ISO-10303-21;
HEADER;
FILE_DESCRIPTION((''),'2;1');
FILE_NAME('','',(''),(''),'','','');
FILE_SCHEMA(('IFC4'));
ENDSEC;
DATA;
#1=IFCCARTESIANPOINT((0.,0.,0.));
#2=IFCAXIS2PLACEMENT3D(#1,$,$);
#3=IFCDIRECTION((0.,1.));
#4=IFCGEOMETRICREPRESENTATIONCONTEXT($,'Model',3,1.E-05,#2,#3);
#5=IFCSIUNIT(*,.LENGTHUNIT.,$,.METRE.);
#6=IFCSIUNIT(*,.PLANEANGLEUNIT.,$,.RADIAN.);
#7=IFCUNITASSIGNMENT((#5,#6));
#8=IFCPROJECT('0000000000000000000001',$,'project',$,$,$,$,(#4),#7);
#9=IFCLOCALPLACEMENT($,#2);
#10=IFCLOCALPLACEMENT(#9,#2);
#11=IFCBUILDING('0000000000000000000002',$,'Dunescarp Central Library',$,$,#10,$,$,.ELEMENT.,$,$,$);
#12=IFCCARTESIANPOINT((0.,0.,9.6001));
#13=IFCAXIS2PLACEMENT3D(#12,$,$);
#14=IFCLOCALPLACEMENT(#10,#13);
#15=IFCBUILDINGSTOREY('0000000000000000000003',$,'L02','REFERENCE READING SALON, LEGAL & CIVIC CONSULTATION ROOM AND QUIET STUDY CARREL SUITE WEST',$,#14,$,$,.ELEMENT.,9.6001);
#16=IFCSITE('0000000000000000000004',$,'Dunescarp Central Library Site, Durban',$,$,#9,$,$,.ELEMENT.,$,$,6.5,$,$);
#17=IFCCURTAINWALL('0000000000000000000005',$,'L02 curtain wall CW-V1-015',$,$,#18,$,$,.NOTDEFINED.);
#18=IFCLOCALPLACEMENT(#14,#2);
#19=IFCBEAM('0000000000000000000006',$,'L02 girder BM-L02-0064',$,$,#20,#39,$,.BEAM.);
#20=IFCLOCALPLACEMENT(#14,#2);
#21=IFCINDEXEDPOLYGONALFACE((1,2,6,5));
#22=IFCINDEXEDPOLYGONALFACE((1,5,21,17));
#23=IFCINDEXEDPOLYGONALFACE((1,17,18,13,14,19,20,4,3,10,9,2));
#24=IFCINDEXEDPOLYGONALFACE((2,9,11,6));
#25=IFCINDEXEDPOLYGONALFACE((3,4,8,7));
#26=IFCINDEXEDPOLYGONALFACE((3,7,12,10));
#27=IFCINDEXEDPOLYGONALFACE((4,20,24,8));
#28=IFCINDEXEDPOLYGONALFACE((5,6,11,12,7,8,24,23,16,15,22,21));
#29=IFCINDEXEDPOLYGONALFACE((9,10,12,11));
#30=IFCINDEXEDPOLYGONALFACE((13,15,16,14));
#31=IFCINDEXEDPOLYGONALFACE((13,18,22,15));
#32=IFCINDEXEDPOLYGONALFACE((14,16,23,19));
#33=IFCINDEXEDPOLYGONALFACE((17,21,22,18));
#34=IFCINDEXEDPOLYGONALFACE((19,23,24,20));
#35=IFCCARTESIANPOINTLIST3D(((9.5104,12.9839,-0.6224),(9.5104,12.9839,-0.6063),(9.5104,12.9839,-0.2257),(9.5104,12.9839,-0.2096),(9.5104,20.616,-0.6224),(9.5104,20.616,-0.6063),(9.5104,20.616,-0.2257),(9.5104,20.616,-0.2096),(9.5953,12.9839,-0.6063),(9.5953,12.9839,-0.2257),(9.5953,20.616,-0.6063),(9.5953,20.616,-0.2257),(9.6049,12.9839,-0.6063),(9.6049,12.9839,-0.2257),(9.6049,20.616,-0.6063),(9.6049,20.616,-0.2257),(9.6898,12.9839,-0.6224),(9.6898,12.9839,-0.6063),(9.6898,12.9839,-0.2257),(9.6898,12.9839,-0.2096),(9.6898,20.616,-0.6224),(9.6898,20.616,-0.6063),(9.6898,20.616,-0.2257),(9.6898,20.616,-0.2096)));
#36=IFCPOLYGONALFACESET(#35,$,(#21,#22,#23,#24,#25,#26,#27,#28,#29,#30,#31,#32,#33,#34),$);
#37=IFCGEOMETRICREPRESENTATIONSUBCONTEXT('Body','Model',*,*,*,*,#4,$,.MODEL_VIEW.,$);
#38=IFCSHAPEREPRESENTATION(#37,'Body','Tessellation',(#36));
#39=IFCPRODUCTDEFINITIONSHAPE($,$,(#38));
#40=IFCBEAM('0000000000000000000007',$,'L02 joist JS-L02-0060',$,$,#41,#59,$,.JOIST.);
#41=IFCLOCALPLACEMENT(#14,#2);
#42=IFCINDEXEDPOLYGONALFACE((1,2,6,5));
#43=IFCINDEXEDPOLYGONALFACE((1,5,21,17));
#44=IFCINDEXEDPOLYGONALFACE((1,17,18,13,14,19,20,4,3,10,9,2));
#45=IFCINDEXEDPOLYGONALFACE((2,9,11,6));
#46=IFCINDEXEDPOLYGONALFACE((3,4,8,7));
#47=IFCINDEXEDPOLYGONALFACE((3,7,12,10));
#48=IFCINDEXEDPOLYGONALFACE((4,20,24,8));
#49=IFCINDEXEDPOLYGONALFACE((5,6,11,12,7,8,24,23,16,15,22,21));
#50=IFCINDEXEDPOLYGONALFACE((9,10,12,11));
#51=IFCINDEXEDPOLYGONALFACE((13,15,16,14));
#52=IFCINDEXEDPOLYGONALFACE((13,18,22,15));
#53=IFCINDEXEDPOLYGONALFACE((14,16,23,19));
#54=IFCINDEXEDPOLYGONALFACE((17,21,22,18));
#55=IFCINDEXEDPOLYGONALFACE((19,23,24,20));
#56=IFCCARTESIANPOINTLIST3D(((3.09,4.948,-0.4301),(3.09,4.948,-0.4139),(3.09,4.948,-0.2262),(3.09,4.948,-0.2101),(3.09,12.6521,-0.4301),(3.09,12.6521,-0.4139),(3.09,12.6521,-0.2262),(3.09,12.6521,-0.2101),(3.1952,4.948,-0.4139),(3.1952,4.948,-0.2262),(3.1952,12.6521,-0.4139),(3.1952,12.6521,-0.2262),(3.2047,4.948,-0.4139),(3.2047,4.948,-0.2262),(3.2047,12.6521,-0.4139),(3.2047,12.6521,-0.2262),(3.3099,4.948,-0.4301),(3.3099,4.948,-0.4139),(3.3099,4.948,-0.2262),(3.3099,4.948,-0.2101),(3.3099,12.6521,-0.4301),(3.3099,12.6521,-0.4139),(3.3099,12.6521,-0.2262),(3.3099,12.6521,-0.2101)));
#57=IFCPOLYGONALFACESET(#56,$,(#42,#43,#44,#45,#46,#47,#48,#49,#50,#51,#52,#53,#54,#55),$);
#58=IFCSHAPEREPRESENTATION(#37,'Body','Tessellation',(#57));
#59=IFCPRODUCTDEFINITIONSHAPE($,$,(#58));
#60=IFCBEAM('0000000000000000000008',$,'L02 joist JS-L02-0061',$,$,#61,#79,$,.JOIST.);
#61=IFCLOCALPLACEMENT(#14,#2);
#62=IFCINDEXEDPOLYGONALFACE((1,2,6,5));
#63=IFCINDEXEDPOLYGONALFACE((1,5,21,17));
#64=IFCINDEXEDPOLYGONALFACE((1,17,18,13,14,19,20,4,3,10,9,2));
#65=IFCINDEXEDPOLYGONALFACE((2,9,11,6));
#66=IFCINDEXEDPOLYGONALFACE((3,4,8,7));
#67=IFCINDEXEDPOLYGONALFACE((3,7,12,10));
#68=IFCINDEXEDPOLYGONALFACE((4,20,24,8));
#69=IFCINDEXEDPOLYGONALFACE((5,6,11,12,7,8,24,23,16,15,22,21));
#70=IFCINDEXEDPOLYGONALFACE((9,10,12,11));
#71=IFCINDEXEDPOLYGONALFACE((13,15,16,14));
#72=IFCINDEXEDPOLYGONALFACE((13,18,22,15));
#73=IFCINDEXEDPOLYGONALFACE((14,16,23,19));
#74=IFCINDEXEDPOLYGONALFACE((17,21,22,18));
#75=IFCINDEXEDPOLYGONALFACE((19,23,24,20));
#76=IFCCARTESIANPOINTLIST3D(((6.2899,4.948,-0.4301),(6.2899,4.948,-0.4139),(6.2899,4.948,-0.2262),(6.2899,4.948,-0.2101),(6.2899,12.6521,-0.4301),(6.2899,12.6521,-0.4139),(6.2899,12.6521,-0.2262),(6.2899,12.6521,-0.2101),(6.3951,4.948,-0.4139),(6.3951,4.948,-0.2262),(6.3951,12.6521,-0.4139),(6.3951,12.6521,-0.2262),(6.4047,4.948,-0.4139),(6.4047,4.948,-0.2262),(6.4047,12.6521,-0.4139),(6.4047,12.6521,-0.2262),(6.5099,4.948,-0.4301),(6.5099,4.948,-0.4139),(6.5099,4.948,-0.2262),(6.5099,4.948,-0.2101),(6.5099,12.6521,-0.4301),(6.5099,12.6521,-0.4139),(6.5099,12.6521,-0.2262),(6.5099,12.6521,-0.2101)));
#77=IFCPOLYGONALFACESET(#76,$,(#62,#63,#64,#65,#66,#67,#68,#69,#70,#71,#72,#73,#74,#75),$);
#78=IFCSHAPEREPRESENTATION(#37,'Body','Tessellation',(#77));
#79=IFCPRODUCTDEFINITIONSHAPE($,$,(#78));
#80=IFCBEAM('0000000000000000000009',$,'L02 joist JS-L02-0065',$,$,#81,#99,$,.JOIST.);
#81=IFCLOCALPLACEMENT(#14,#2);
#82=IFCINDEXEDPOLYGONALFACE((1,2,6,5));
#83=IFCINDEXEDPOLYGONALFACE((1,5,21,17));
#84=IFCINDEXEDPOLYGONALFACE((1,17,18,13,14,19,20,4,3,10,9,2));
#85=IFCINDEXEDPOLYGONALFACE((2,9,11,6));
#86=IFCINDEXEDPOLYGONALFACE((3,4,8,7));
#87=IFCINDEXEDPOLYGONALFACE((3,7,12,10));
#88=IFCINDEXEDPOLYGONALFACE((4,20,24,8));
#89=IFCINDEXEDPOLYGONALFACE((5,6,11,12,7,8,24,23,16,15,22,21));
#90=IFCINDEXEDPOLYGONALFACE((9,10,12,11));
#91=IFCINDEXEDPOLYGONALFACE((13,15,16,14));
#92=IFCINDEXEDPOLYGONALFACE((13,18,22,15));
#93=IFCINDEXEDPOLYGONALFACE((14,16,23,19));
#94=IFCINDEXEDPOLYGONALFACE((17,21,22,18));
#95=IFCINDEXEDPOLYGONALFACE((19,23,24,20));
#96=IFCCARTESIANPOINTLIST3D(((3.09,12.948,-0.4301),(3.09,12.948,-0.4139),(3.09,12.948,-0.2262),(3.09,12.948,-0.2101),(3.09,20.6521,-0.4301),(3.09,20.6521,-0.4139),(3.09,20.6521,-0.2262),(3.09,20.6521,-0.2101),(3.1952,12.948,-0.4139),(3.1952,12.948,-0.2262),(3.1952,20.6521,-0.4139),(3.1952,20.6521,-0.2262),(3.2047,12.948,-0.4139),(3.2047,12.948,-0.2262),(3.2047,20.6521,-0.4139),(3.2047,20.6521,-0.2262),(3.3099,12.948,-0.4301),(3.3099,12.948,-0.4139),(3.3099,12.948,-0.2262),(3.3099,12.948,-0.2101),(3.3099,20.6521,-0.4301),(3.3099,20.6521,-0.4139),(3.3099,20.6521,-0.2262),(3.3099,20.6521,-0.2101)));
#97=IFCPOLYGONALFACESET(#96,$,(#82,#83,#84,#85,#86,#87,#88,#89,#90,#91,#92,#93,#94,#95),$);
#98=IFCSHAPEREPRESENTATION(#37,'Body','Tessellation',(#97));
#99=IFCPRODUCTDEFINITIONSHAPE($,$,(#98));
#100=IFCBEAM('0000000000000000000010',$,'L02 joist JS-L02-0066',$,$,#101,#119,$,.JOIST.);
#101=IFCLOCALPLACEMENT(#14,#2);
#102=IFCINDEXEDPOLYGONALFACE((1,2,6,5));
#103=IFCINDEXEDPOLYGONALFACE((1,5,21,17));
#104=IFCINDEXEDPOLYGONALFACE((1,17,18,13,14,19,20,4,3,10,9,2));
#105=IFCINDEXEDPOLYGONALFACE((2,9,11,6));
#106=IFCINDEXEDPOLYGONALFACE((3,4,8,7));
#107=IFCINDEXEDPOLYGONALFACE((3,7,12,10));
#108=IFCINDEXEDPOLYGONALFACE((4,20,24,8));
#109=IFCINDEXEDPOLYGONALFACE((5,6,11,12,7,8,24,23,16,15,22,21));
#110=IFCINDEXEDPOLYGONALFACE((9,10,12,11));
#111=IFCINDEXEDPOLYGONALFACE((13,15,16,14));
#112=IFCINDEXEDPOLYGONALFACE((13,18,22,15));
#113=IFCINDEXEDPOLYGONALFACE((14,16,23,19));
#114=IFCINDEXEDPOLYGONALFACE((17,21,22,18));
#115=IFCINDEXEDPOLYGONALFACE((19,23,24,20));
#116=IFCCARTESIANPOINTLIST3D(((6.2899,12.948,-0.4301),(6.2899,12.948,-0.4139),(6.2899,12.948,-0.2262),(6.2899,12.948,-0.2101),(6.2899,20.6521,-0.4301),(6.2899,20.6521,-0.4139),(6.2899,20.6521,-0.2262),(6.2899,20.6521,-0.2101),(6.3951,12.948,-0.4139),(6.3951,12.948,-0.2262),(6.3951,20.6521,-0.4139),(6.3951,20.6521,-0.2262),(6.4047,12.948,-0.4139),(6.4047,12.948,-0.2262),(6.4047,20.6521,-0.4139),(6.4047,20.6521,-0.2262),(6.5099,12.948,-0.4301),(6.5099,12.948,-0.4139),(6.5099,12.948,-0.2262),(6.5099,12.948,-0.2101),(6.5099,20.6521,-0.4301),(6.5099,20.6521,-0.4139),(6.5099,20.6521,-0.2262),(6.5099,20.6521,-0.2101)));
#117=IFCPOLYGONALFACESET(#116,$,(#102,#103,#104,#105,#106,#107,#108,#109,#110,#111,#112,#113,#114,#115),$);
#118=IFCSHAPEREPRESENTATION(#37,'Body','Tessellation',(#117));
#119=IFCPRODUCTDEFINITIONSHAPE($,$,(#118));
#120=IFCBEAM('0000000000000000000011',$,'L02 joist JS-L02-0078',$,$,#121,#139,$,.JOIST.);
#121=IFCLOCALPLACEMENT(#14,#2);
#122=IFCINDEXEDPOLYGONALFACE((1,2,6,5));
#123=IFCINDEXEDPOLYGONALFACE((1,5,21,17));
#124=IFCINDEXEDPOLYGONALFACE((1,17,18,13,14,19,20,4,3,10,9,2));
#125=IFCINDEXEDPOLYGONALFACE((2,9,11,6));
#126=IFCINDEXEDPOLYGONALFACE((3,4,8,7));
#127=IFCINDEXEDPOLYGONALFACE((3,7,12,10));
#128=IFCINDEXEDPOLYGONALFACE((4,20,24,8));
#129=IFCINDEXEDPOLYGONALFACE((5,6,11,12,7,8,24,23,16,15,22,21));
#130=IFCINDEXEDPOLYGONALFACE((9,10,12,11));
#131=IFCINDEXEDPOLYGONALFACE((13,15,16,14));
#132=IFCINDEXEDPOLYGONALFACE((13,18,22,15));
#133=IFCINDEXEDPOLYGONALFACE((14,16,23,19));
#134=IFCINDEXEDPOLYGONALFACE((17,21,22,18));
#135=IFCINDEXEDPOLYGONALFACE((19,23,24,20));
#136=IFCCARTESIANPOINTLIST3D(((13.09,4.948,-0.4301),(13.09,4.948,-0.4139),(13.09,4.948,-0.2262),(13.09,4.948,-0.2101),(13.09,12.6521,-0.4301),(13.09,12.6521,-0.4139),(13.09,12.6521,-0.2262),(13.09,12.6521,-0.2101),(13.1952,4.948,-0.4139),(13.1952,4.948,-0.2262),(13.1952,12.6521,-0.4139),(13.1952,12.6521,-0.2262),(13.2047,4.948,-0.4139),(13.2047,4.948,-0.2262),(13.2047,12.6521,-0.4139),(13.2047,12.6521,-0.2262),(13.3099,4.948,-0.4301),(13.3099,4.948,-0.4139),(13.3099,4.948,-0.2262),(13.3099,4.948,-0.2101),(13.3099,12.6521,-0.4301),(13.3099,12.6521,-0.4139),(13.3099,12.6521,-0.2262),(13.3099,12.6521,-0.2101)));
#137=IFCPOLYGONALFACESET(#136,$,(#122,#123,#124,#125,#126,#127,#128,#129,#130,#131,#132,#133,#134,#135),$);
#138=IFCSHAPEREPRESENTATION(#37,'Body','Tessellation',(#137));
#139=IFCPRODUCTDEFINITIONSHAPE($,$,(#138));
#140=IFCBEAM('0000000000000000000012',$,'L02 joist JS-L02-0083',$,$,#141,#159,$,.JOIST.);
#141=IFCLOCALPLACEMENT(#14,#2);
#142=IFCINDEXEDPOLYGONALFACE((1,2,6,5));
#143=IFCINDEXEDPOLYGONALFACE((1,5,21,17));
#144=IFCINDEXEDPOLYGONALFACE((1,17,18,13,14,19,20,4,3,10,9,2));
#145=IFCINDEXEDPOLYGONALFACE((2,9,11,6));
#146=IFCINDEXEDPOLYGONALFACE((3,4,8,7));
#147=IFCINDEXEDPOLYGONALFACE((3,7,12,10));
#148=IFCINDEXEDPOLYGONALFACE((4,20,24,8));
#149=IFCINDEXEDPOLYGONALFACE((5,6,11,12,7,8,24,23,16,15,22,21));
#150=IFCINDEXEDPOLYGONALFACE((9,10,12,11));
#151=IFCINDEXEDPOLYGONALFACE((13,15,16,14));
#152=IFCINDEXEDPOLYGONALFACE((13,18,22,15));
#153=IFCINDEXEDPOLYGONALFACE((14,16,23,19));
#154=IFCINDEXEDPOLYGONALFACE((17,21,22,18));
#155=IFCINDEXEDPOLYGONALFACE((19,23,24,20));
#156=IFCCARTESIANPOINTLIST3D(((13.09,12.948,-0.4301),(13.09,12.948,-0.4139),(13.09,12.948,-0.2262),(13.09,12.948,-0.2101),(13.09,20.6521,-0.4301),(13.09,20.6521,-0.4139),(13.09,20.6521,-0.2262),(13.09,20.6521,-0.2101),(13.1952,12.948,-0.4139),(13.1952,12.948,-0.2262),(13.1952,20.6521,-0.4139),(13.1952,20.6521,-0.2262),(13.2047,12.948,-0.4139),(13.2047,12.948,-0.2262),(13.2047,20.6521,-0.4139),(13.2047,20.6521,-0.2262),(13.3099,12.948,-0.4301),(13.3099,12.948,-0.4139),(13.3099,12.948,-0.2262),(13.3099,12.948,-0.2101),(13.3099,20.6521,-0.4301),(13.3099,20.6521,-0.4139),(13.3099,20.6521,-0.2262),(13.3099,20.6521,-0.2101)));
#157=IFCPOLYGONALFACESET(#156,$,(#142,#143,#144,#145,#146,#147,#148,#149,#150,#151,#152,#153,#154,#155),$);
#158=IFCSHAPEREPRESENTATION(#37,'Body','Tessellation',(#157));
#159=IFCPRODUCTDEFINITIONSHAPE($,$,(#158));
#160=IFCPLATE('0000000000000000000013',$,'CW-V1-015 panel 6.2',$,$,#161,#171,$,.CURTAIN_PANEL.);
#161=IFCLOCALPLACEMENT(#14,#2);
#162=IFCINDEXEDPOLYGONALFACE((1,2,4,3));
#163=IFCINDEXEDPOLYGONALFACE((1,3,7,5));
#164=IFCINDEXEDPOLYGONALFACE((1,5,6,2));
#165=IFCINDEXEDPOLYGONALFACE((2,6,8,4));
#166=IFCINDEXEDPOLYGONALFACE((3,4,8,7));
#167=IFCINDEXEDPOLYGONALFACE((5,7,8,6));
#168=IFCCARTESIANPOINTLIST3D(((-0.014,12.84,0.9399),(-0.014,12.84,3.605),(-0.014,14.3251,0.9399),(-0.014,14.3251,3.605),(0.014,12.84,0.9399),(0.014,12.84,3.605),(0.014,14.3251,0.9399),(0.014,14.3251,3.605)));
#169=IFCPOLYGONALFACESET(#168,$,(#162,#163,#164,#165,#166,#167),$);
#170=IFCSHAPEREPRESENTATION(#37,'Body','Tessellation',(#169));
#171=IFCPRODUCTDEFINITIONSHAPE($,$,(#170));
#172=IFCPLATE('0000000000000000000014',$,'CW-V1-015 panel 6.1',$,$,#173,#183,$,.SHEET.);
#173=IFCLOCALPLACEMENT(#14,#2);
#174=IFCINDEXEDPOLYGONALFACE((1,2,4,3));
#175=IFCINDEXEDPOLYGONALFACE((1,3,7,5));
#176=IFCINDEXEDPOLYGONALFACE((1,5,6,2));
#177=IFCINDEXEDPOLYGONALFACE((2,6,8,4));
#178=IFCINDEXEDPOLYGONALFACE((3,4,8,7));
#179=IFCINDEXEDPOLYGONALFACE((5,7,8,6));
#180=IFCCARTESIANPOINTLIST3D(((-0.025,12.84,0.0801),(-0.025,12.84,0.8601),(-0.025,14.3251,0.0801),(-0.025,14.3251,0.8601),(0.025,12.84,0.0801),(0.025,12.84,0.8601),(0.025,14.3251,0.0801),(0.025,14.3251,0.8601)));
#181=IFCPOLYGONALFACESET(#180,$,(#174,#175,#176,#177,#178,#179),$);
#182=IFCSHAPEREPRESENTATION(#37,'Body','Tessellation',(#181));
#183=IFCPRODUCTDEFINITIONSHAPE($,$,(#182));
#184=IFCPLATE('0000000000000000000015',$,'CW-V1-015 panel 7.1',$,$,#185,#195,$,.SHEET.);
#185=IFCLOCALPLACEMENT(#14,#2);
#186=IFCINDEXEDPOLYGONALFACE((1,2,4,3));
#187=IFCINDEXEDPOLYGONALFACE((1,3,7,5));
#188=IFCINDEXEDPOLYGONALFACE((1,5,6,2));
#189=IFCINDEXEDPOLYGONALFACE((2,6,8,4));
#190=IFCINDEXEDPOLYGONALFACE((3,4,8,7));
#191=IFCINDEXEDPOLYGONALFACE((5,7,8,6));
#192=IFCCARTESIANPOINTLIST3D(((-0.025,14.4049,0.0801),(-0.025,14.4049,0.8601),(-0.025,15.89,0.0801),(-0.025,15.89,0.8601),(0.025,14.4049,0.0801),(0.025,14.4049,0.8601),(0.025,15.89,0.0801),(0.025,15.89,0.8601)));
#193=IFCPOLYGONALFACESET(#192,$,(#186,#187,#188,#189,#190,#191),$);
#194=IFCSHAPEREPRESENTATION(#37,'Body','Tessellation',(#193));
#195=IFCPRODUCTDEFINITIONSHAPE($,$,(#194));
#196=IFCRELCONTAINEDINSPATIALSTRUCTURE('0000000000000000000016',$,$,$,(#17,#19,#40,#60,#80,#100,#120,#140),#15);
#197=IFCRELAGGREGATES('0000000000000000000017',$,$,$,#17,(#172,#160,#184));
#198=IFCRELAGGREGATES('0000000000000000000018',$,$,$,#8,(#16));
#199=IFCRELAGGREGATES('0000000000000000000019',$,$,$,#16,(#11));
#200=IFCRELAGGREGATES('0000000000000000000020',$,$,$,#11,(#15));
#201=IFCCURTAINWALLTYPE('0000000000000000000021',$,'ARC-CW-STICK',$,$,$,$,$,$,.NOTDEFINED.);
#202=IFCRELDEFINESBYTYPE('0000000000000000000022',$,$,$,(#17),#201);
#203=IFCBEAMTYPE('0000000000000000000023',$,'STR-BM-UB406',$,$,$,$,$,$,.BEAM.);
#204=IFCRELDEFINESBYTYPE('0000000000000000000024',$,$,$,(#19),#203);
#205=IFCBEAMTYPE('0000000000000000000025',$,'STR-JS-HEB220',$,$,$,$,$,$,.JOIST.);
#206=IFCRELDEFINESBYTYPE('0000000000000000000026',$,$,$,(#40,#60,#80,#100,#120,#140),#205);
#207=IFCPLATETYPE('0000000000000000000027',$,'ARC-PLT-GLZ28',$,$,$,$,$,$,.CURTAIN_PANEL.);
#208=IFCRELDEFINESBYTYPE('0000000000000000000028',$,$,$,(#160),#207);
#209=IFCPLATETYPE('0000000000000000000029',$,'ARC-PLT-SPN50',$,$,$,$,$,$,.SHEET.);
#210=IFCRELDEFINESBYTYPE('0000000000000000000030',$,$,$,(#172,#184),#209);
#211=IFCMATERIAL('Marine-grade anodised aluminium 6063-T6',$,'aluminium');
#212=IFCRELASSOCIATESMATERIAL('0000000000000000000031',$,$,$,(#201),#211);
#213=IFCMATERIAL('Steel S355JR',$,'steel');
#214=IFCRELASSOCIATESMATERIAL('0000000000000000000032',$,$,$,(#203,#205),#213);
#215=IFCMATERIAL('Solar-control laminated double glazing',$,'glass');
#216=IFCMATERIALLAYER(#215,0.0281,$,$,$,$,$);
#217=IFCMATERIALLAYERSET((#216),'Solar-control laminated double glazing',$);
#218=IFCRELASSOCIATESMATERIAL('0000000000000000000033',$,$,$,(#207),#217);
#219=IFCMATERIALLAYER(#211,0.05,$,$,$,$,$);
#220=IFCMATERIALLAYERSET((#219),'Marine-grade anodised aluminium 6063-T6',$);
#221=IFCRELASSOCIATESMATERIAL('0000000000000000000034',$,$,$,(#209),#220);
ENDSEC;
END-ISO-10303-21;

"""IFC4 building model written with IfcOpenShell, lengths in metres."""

from ifc_helpers import new_model, si_unit, direction, frame, origin, origin_2d, place, context, subcontext, project, spatial, rectangle, i_section, extrude, material, layer, layer_set, material_profile, profile_set, type_object, element, aggregate, save


model = new_model("IFC4")

# Units and contexts
model_context = context("Model", 3, precision=1e-05, world=origin(), true_north=direction((0.0, 1.0)))
body_context = subcontext(model_context, "Body", "Model", "MODEL_VIEW")
ifc_project = project(units=[si_unit("LENGTHUNIT", "METRE"), si_unit("PLANEANGLEUNIT", "RADIAN")], contexts=[model_context])

# Site, building, storey
site_placement = place(None, origin())
site = spatial("IfcSite", under=ifc_project, at=site_placement, Name="Dunescarp Central Library Site, Durban", CompositionType="ELEMENT", RefElevation=6.5)
building_placement = place(site_placement, origin())
building = spatial("IfcBuilding", under=site, at=building_placement, Name="Dunescarp Central Library", CompositionType="ELEMENT")
storey_placement = place(building_placement, frame((0.0, 0.0, 9.6001)))
storey = spatial("IfcBuildingStorey", under=building, at=storey_placement, Name="L02", Description="REFERENCE READING SALON, LEGAL & CIVIC CONSULTATION ROOM AND QUIET STUDY CARREL SUITE WEST", CompositionType="ELEMENT", Elevation=9.6001)

# Shared definitions
ifc_material_1 = material(Name="Steel S355JR", Category="steel")

# Shared definitions
ifc_material_2 = material(Name="Marine-grade anodised aluminium 6063-T6", Category="aluminium")
curtain_wall_type = type_object("IfcCurtainWallType", Name="ARC-CW-STICK", PredefinedType="NOTDEFINED", material=ifc_material_2)

# Curtain wall
curtain_wall_1_placement = place(storey_placement, origin())
curtain_wall_1 = element("IfcCurtainWall", 1, at=curtain_wall_1_placement, inside=storey, type_object=curtain_wall_type, Name="L02 curtain wall CW-V1-015", PredefinedType="NOTDEFINED")

# Beams
ifc_material_profile_1 = material_profile(ifc_material_1, i_section(OverallWidth=0.1794, OverallDepth=0.4128, WebThickness=0.0095, FlangeThickness=0.0161, at=origin_2d()), Name="UB 406x178x74")
ifc_profile_set_1 = profile_set([ifc_material_profile_1], Name="Steel S355JR")
beam_type_1 = type_object("IfcBeamType", Name="STR-BM-UB406", PredefinedType="BEAM", material=ifc_profile_set_1)
for number, where, z_axis, x_axis, name in (
    (2, (9.6001, 12.9839, -0.416), (0.0, 1.0, 0.0), (-1.0, 0.0, 0.0), "L02 girder BM-L02-0064"),
):
    element("IfcBeam", number, at=place(storey_placement, frame(where, z_axis=z_axis, x_axis=x_axis)), inside=storey, type_object=beam_type_1, Name=name, PredefinedType="BEAM", context=body_context, shape_type="SweptSolid", body=[
        extrude(i_section(OverallWidth=0.1794, OverallDepth=0.4128, WebThickness=0.0095, FlangeThickness=0.0161, at=origin_2d()), origin(), (0.0, 0.0, 1.0), 7.6321),
    ])
ifc_material_profile_2 = material_profile(ifc_material_1, i_section(OverallWidth=0.22, OverallDepth=0.22, WebThickness=0.0095, FlangeThickness=0.0161, at=origin_2d()), Name="HEB 220")
ifc_profile_set_2 = profile_set([ifc_material_profile_2], Name="Steel S355JR")
beam_type_2 = type_object("IfcBeamType", Name="STR-JS-HEB220", PredefinedType="JOIST", material=ifc_profile_set_2)
for number, where, z_axis, x_axis, name in (
    (3, (3.2, 4.948, -0.3201), (0.0, 1.0, 0.0), (-1.0, 0.0, 0.0), "L02 joist JS-L02-0060"),
    (4, (6.3999, 4.948, -0.3201), (0.0, 1.0, 0.0), (-1.0, 0.0, 0.0), "L02 joist JS-L02-0061"),
    (5, (3.2, 12.948, -0.3201), (0.0, 1.0, 0.0), (-1.0, 0.0, 0.0), "L02 joist JS-L02-0065"),
    (6, (6.3999, 12.948, -0.3201), (0.0, 1.0, 0.0), (-1.0, 0.0, 0.0), "L02 joist JS-L02-0066"),
    (7, (13.2, 4.948, -0.3201), (0.0, 1.0, 0.0), (-1.0, 0.0, 0.0), "L02 joist JS-L02-0078"),
    (8, (13.2, 12.948, -0.3201), (0.0, 1.0, 0.0), (-1.0, 0.0, 0.0), "L02 joist JS-L02-0083"),
):
    element("IfcBeam", number, at=place(storey_placement, frame(where, z_axis=z_axis, x_axis=x_axis)), inside=storey, type_object=beam_type_2, Name=name, PredefinedType="JOIST", context=body_context, shape_type="SweptSolid", body=[
        extrude(i_section(OverallWidth=0.22, OverallDepth=0.22, WebThickness=0.0095, FlangeThickness=0.0161, at=origin_2d()), origin(), (0.0, 0.0, 1.0), 7.7041),
    ])

# Plates
ifc_material_3 = material(Name="Solar-control laminated double glazing", Category="glass")
ifc_layer_1 = layer(ifc_material_3, 0.0281)
ifc_layer_set_1 = layer_set([ifc_layer_1], Name="Solar-control laminated double glazing")
plate_type_1 = type_object("IfcPlateType", Name="ARC-PLT-GLZ28", PredefinedType="CURTAIN_PANEL", material=ifc_layer_set_1)
plate_1_placement = place(storey_placement, frame((0.0, 13.5825, 0.9399), z_axis=(0.0, 0.0, 1.0), x_axis=(0.0, 1.0, 0.0)))
plate_1 = element("IfcPlate", 9, at=plate_1_placement, type_object=plate_type_1, Name="CW-V1-015 panel 6.2", PredefinedType="CURTAIN_PANEL", context=body_context, shape_type="SweptSolid", body=[
    extrude(rectangle(XDim=1.4851, YDim=0.0281, at=origin_2d()), origin(), (0.0, 0.0, 1.0), 2.665),
])
ifc_layer_2 = layer(ifc_material_2, 0.05)
ifc_layer_set_2 = layer_set([ifc_layer_2], Name="Marine-grade anodised aluminium 6063-T6")
plate_type_2 = type_object("IfcPlateType", Name="ARC-PLT-SPN50", PredefinedType="SHEET", material=ifc_layer_set_2)
plate_2_placement = place(storey_placement, frame((0.0, 13.5825, 0.0801), z_axis=(0.0, 0.0, 1.0), x_axis=(0.0, 1.0, 0.0)))
plate_2 = element("IfcPlate", 10, at=plate_2_placement, type_object=plate_type_2, Name="CW-V1-015 panel 6.1", PredefinedType="SHEET", context=body_context, shape_type="SweptSolid", body=[
    extrude(rectangle(XDim=1.4851, YDim=0.05, at=origin_2d()), origin(), (0.0, 0.0, 1.0), 0.78),
])
plate_3_placement = place(storey_placement, frame((0.0, 15.1475, 0.0801), z_axis=(0.0, 0.0, 1.0), x_axis=(0.0, 1.0, 0.0)))
plate_3 = element("IfcPlate", 11, at=plate_3_placement, type_object=plate_type_2, Name="CW-V1-015 panel 7.1", PredefinedType="SHEET", context=body_context, shape_type="SweptSolid", body=[
    extrude(rectangle(XDim=1.4851, YDim=0.05, at=origin_2d()), origin(), (0.0, 0.0, 1.0), 0.78),
])
aggregate(curtain_wall_1, [plate_2, plate_1, plate_3])

save(model, "model.ifc")
